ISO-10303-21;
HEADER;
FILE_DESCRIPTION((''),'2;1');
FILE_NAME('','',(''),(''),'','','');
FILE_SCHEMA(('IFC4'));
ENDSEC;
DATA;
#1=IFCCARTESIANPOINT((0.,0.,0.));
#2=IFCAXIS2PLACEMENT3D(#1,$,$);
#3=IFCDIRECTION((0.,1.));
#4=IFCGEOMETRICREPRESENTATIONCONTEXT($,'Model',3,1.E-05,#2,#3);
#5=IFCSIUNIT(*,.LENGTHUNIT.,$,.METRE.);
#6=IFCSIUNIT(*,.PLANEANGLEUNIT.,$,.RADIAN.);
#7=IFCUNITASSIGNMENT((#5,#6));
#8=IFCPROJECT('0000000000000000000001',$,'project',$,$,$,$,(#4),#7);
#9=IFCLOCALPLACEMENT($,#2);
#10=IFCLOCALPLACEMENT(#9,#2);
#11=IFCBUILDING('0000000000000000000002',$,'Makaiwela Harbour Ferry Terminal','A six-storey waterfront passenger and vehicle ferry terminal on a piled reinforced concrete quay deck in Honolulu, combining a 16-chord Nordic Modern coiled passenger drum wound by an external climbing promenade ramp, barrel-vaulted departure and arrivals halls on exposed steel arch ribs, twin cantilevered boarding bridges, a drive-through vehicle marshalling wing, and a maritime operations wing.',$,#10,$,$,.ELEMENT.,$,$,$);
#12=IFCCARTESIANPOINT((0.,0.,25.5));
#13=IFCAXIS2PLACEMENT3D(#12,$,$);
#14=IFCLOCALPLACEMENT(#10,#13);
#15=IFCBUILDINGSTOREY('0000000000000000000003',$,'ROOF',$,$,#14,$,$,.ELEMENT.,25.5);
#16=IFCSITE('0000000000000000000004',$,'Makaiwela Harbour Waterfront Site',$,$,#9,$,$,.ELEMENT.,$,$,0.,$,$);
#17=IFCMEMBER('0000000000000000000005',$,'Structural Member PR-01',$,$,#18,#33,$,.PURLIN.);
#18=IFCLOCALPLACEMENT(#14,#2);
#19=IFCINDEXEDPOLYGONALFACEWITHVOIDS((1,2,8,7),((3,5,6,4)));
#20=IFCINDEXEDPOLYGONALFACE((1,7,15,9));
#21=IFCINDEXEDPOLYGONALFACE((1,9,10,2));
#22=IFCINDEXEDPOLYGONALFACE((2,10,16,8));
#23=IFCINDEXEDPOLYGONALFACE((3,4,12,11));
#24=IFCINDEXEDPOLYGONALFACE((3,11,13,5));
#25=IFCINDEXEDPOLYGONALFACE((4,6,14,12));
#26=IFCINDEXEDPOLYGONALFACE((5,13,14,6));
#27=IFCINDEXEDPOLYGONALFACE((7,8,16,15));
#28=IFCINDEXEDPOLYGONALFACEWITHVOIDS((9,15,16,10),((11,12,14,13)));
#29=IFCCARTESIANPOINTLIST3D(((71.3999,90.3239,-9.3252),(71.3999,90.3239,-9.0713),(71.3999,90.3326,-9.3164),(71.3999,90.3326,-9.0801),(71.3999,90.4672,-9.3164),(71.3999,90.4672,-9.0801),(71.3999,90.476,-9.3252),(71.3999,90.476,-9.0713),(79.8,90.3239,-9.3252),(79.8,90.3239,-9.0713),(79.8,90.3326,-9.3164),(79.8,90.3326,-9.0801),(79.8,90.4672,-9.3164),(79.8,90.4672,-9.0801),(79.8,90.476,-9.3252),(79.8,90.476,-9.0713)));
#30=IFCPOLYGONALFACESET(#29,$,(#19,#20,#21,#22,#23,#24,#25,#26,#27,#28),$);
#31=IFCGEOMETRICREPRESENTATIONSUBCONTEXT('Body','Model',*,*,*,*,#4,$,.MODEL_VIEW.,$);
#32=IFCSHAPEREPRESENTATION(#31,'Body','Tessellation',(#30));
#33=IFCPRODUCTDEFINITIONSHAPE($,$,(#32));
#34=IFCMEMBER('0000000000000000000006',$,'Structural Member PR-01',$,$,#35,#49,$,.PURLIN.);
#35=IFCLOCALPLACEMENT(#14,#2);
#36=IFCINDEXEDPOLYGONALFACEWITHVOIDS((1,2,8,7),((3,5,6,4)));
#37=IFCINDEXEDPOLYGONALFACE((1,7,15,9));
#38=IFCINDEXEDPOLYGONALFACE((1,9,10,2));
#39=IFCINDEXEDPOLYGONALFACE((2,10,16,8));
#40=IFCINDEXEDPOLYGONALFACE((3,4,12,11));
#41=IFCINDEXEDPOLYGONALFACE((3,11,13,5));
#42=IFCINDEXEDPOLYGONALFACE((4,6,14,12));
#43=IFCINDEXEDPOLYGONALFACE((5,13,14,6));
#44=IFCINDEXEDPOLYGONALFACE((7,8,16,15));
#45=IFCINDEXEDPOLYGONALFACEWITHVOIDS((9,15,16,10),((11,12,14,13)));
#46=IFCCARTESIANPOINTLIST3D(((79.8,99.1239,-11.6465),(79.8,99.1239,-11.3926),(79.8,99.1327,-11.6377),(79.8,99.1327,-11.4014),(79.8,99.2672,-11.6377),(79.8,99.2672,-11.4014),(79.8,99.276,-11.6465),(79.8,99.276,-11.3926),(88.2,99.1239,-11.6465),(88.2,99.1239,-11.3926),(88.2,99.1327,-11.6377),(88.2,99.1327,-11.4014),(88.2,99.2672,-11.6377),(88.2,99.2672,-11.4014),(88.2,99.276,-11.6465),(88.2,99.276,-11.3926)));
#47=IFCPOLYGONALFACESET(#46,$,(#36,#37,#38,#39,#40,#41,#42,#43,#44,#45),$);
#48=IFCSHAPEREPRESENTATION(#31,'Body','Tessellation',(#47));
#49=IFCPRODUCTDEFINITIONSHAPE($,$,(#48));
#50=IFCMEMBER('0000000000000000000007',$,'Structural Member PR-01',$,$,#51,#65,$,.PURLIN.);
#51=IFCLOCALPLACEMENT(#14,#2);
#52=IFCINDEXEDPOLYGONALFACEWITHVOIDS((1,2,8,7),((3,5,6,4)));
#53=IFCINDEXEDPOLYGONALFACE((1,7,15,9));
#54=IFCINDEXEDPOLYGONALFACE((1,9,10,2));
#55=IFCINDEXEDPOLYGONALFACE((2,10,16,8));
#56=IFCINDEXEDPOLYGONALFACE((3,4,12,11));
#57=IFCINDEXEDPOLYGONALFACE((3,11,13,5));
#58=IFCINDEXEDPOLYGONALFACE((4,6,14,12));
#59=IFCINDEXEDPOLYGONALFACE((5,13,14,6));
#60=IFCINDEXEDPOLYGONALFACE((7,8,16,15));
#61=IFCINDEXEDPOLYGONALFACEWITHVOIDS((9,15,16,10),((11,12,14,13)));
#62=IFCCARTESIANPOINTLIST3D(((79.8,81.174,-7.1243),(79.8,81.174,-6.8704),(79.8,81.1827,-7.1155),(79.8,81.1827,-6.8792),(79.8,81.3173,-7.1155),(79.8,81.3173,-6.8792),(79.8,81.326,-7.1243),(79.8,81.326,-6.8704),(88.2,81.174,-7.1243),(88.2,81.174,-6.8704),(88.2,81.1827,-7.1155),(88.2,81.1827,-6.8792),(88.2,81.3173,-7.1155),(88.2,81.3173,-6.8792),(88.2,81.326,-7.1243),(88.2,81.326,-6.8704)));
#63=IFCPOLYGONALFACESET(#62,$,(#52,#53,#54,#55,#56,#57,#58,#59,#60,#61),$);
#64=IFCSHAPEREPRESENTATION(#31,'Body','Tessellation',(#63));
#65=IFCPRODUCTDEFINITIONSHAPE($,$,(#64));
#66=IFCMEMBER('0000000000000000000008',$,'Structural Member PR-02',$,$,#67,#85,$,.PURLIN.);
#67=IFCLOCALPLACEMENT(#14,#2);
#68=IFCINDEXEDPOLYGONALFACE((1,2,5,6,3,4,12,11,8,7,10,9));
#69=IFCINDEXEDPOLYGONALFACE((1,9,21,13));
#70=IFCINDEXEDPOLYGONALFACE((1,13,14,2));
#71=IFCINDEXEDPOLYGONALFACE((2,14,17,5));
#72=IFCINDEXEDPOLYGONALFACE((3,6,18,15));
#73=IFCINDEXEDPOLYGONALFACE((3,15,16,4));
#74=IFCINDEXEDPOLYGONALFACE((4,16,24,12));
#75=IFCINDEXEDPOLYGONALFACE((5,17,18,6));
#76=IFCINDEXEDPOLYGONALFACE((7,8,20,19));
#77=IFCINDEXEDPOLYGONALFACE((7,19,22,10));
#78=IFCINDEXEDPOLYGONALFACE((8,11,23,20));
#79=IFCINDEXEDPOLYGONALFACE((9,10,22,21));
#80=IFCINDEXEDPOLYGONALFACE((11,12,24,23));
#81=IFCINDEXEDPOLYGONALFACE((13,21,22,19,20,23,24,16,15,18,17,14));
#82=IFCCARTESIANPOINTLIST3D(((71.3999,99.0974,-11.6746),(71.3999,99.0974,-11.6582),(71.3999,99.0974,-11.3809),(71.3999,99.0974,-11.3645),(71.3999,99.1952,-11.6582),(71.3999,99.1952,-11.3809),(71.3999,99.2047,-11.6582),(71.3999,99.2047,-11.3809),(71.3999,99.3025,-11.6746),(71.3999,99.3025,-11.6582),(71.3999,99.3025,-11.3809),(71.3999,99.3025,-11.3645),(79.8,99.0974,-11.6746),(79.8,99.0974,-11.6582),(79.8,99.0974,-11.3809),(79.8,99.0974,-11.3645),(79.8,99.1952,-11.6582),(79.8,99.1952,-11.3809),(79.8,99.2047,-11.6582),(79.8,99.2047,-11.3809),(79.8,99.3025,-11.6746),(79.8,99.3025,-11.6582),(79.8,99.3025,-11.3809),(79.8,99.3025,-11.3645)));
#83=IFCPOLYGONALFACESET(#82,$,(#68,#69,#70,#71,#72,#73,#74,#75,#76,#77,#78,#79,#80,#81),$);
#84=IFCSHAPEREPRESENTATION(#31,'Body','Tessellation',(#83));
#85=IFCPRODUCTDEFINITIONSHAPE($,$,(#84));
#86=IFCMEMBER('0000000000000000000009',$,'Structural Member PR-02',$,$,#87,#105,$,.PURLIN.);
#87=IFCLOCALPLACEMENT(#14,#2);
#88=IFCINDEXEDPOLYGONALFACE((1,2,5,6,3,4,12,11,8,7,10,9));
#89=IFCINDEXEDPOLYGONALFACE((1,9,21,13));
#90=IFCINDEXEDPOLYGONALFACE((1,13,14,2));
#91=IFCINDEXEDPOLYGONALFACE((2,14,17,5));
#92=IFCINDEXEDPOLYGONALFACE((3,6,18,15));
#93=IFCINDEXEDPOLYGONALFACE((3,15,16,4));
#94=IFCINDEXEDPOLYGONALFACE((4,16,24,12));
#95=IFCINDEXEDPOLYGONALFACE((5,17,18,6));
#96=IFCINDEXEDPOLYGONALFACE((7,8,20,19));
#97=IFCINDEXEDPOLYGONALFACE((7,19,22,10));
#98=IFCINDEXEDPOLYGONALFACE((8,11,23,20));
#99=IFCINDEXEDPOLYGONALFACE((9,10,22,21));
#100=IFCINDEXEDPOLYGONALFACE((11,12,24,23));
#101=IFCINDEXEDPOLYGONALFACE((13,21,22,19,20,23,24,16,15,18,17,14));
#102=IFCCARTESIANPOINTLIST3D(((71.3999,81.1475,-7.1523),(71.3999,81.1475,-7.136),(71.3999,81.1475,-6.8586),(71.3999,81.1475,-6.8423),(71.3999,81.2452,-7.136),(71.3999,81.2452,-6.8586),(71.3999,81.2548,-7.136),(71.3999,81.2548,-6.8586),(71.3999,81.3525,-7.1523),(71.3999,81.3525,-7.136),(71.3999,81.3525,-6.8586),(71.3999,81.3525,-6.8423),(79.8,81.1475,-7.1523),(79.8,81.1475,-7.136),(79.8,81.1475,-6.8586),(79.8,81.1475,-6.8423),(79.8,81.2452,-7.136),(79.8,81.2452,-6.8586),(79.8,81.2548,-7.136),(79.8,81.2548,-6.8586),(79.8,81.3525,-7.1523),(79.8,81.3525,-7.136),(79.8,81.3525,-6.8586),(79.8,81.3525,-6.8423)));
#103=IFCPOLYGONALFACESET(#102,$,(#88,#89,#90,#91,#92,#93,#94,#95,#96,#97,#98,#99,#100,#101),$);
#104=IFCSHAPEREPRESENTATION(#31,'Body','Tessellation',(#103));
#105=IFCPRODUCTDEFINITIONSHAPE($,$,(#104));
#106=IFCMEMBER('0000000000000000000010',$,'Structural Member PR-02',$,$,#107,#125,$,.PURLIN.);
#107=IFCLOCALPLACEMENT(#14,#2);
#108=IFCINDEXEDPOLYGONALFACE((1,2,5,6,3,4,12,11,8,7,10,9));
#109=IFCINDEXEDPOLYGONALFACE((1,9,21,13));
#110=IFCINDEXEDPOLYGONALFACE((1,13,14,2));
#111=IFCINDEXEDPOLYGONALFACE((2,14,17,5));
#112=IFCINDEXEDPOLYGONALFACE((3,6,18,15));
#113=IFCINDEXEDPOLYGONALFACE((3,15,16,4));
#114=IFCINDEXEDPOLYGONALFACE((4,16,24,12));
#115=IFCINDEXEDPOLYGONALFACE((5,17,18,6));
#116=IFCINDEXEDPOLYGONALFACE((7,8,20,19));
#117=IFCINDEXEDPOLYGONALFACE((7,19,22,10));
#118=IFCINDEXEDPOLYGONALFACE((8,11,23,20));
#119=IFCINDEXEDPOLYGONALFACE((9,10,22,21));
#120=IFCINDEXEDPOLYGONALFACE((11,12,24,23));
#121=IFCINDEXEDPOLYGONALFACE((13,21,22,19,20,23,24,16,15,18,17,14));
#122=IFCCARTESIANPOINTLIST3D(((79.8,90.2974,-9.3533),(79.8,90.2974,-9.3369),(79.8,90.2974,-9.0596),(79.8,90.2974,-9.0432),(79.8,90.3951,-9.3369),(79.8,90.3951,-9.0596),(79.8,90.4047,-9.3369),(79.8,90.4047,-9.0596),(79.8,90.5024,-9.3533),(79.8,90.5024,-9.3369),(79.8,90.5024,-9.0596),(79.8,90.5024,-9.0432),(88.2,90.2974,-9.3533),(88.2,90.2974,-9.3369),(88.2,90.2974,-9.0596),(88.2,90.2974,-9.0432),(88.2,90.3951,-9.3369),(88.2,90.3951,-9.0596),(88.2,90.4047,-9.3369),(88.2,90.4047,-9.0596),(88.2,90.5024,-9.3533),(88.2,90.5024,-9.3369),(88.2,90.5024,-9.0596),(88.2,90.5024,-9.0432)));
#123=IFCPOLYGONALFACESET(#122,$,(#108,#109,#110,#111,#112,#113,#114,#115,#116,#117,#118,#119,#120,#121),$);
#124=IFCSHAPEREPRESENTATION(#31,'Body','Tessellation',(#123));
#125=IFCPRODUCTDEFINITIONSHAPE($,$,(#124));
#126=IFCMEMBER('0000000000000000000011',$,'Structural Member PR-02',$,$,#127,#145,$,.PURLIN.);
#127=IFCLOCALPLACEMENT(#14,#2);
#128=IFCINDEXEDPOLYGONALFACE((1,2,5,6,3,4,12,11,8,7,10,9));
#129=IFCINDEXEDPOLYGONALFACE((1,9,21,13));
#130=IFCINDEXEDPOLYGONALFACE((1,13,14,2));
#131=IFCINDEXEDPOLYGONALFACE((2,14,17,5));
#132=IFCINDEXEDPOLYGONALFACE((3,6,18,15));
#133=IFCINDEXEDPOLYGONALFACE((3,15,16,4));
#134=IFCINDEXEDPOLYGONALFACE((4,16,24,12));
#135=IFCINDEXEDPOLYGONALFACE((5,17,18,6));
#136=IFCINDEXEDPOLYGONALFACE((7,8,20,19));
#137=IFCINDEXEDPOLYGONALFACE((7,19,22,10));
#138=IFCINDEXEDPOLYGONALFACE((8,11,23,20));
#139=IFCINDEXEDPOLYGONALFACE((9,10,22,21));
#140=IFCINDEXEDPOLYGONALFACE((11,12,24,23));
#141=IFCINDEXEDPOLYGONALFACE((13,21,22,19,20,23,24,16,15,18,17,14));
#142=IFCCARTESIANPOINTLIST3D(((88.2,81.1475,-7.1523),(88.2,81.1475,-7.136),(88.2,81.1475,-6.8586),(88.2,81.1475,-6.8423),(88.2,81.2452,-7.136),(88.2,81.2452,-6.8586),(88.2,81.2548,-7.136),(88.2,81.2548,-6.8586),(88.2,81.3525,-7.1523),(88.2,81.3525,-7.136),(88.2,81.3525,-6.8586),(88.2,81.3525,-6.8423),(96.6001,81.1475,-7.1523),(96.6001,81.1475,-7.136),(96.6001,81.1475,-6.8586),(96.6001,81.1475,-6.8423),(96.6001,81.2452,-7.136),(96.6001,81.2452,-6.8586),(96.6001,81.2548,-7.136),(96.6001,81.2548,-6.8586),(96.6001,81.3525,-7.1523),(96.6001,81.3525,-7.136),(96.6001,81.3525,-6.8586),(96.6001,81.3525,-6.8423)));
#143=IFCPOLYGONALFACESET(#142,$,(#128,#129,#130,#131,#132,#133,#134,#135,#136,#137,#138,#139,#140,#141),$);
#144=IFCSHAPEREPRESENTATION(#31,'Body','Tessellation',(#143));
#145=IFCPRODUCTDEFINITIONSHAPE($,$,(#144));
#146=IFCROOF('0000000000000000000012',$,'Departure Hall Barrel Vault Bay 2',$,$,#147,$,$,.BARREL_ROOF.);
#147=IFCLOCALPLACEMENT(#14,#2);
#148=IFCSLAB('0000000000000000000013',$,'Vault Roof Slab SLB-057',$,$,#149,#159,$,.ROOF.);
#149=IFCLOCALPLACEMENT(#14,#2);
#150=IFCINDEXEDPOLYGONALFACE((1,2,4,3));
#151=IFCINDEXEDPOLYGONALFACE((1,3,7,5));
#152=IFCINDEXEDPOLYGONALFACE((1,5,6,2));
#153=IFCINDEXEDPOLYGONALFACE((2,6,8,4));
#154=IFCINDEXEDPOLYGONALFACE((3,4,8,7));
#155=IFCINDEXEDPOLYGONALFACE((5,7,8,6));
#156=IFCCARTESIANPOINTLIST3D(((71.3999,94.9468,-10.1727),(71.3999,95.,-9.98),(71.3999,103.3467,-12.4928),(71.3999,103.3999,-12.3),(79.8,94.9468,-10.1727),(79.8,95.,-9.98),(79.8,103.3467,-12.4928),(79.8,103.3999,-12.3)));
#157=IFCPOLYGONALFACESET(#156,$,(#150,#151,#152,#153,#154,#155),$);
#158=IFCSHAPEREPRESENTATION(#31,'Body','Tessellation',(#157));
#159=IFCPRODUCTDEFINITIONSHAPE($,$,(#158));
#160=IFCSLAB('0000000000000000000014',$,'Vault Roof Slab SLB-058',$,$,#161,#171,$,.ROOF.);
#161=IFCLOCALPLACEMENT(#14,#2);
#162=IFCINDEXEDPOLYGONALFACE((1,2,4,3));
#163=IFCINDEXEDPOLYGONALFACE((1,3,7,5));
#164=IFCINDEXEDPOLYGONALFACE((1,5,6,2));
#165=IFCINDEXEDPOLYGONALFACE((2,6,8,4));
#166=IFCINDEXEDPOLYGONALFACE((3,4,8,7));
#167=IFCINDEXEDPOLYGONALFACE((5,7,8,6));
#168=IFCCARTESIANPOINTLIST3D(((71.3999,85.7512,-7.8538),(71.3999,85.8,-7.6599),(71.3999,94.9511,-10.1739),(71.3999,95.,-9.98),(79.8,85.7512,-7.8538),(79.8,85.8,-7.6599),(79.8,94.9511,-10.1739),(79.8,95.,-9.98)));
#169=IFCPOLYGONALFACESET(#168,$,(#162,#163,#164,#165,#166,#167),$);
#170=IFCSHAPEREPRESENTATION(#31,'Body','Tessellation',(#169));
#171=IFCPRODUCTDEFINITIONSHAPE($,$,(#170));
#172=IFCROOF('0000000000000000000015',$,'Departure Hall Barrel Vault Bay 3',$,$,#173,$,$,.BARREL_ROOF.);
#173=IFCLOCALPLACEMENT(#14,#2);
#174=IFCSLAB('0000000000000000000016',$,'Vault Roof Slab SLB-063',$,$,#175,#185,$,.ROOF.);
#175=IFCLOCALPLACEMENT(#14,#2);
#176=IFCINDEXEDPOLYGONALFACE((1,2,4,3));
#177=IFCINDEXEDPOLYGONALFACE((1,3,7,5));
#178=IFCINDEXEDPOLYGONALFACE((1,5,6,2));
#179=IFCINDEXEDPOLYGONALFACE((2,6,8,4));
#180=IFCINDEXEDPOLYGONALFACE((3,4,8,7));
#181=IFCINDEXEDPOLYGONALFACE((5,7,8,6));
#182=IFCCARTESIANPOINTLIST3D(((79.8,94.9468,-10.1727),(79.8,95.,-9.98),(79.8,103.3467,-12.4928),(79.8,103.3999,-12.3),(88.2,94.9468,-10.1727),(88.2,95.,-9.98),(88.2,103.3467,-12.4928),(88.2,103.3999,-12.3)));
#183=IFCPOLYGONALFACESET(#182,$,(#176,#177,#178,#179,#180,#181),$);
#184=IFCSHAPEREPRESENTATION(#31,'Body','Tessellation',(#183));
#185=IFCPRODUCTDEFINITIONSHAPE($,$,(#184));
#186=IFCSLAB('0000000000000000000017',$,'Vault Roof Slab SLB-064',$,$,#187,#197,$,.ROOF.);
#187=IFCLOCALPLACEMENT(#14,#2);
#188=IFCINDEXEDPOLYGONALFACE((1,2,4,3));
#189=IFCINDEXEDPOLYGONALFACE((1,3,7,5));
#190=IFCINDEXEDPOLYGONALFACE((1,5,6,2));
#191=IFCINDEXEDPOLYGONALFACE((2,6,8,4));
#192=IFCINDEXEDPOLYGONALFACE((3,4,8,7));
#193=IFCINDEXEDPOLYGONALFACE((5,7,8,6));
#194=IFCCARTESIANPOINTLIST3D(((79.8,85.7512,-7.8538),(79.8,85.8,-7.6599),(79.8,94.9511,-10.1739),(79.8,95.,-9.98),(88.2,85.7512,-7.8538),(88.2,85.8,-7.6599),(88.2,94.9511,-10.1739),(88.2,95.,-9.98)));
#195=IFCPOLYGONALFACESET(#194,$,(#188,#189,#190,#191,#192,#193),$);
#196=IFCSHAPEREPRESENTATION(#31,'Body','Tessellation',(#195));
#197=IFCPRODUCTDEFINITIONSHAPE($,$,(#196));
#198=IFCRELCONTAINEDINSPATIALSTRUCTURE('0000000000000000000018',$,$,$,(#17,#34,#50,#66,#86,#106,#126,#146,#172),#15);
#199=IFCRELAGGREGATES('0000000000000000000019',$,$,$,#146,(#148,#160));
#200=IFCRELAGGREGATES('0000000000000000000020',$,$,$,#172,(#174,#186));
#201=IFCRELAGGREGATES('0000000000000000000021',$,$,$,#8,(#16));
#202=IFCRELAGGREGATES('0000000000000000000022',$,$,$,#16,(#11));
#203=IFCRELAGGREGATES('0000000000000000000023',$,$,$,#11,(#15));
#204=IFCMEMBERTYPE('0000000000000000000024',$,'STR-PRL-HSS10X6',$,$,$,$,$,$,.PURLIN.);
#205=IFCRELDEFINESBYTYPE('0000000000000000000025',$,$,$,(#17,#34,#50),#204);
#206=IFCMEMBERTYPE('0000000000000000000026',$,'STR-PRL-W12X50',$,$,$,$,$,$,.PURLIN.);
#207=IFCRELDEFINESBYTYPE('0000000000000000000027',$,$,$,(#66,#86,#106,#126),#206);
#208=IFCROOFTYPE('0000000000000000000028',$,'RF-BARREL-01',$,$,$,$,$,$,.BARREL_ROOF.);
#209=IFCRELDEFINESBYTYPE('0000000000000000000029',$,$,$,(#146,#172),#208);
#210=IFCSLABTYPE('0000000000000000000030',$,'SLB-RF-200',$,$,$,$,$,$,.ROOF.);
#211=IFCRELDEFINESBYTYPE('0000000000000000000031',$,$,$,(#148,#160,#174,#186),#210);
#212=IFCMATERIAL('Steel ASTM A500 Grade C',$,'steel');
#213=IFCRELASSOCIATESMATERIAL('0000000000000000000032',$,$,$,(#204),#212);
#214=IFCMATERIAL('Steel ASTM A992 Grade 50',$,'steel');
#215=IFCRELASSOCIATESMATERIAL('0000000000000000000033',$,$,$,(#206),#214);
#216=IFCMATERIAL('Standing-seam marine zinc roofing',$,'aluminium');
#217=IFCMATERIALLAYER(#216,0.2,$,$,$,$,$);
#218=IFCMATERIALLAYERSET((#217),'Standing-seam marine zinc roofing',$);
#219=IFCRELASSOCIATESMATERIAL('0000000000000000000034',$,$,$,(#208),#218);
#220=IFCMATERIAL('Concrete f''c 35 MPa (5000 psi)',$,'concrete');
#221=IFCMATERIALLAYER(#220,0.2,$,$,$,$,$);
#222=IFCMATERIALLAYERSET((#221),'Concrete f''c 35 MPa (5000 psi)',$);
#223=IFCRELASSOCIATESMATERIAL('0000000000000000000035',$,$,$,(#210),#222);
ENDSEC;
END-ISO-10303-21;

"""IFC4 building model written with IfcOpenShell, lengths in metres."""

from ifc_helpers import new_model, si_unit, direction, frame, origin, origin_2d, place, context, subcontext, project, spatial, polyline, hollow_rectangle, i_section, outline, extrude, material, layer, layer_set, material_profile, profile_set, type_object, element, aggregate, save


model = new_model("IFC4")

# Units and contexts
model_context = context("Model", 3, precision=1e-05, world=origin(), true_north=direction((0.0, 1.0)))
body_context = subcontext(model_context, "Body", "Model", "MODEL_VIEW")
ifc_project = project(units=[si_unit("LENGTHUNIT", "METRE"), si_unit("PLANEANGLEUNIT", "RADIAN")], contexts=[model_context])

# Site, building, storey
site_placement = place(None, origin())
site = spatial("IfcSite", under=ifc_project, at=site_placement, Name="Makaiwela Harbour Waterfront Site", CompositionType="ELEMENT", RefElevation=0.0)
building_placement = place(site_placement, origin())
building = spatial("IfcBuilding", under=site, at=building_placement, Name="Makaiwela Harbour Ferry Terminal", Description="A six-storey waterfront passenger and vehicle ferry terminal on a piled reinforced concrete quay deck in Honolulu, combining a 16-chord Nordic Modern coiled passenger drum wound by an external climbing promenade ramp, barrel-vaulted departure and arrivals halls on exposed steel arch ribs, twin cantilevered boarding bridges, a drive-through vehicle marshalling wing, and a maritime operations wing.", CompositionType="ELEMENT")
storey_placement = place(building_placement, frame((0.0, 0.0, 25.5)))
storey = spatial("IfcBuildingStorey", under=building, at=storey_placement, Name="ROOF", CompositionType="ELEMENT", Elevation=25.5)

# Shared definitions
ifc_material_1 = material(Name="Steel ASTM A992 Grade 50", Category="steel")

# Members
ifc_material_2 = material(Name="Steel ASTM A500 Grade C", Category="steel")
ifc_material_profile_1 = material_profile(ifc_material_2, hollow_rectangle(XDim=0.1521, YDim=0.2539, WallThickness=0.0088, at=origin_2d()), Name="HSS10X6X3/8")
ifc_profile_set_1 = profile_set([ifc_material_profile_1], Name="Steel ASTM A500 Grade C")
member_type_1 = type_object("IfcMemberType", Name="STR-PRL-HSS10X6", PredefinedType="PURLIN", material=ifc_profile_set_1)
member_1_placement = place(storey_placement, frame((71.3999, 90.3999, -9.1982), z_axis=(1.0, 0.0, 0.0), x_axis=(0.0, 1.0, 0.0)))
element("IfcMember", 1, at=member_1_placement, inside=storey, type_object=member_type_1, Name="Structural Member PR-01", PredefinedType="PURLIN", context=body_context, shape_type="SweptSolid", body=[
    extrude(hollow_rectangle(XDim=0.1521, YDim=0.2539, WallThickness=0.0088, at=origin_2d()), origin(), (0.0, 0.0, 1.0), 8.4001),
])
for number, where, z_axis, x_axis, name in (
    (2, (79.8, 99.2, -11.5195), (1.0, 0.0, 0.0), (0.0, 1.0, 0.0), "Structural Member PR-01"),
    (3, (79.8, 81.25, -6.9973), (1.0, 0.0, 0.0), (0.0, 1.0, 0.0), "Structural Member PR-01"),
):
    element("IfcMember", number, at=place(storey_placement, frame(where, z_axis=z_axis, x_axis=x_axis)), inside=storey, type_object=member_type_1, Name=name, PredefinedType="PURLIN", context=body_context, shape_type="SweptSolid", body=[
        extrude(hollow_rectangle(XDim=0.1521, YDim=0.2539, WallThickness=0.0088, at=origin_2d()), origin(), (0.0, 0.0, 1.0), 8.3999),
    ])
ifc_material_profile_2 = material_profile(ifc_material_1, i_section(OverallWidth=0.2051, OverallDepth=0.3101, WebThickness=0.0095, FlangeThickness=0.0164, at=origin_2d()), Name="W12X50")
ifc_profile_set_2 = profile_set([ifc_material_profile_2], Name="Steel ASTM A992 Grade 50")
member_type_2 = type_object("IfcMemberType", Name="STR-PRL-W12X50", PredefinedType="PURLIN", material=ifc_profile_set_2)
for number, where, z_axis, x_axis, name in (
    (4, (71.3999, 99.2, -11.5195), (1.0, 0.0, 0.0), (0.0, 1.0, 0.0), "Structural Member PR-02"),
    (5, (71.3999, 81.25, -6.9973), (1.0, 0.0, 0.0), (0.0, 1.0, 0.0), "Structural Member PR-02"),
):
    element("IfcMember", number, at=place(storey_placement, frame(where, z_axis=z_axis, x_axis=x_axis)), inside=storey, type_object=member_type_2, Name=name, PredefinedType="PURLIN", context=body_context, shape_type="SweptSolid", body=[
        extrude(i_section(OverallWidth=0.2051, OverallDepth=0.3101, WebThickness=0.0095, FlangeThickness=0.0164, at=origin_2d()), origin(), (0.0, 0.0, 1.0), 8.4001),
    ])
member_2_placement = place(storey_placement, frame((79.8, 90.3999, -9.1982), z_axis=(1.0, 0.0, 0.0), x_axis=(0.0, 1.0, 0.0)))
element("IfcMember", 6, at=member_2_placement, inside=storey, type_object=member_type_2, Name="Structural Member PR-02", PredefinedType="PURLIN", context=body_context, shape_type="SweptSolid", body=[
    extrude(i_section(OverallWidth=0.2051, OverallDepth=0.3101, WebThickness=0.0095, FlangeThickness=0.0164, at=origin_2d()), origin(), (0.0, 0.0, 1.0), 8.3999),
])
member_3_placement = place(storey_placement, frame((88.2, 81.25, -6.9973), z_axis=(1.0, 0.0, 0.0), x_axis=(0.0, 1.0, 0.0)))
element("IfcMember", 7, at=member_3_placement, inside=storey, type_object=member_type_2, Name="Structural Member PR-02", PredefinedType="PURLIN", context=body_context, shape_type="SweptSolid", body=[
    extrude(i_section(OverallWidth=0.2051, OverallDepth=0.3101, WebThickness=0.0095, FlangeThickness=0.0164, at=origin_2d()), origin(), (0.0, 0.0, 1.0), 8.4001),
])

# Roofs, slabs
ifc_material_3 = material(Name="Standing-seam marine zinc roofing", Category="aluminium")
ifc_layer_1 = layer(ifc_material_3, 0.2)
ifc_layer_set_1 = layer_set([ifc_layer_1], Name="Standing-seam marine zinc roofing")
roof_type = type_object("IfcRoofType", Name="RF-BARREL-01", PredefinedType="BARREL_ROOF", material=ifc_layer_set_1)
roof_1_placement = place(storey_placement, origin())
roof_1 = element("IfcRoof", 8, at=roof_1_placement, inside=storey, type_object=roof_type, Name="Departure Hall Barrel Vault Bay 2", PredefinedType="BARREL_ROOF")
ifc_material_4 = material(Name="Concrete f'c 35 MPa (5000 psi)", Category="concrete")
ifc_layer_2 = layer(ifc_material_4, 0.2)
ifc_layer_set_2 = layer_set([ifc_layer_2], Name="Concrete f'c 35 MPa (5000 psi)")
slab_type = type_object("IfcSlabType", Name="SLB-RF-200", PredefinedType="ROOF", material=ifc_layer_set_2)
slab_1_placement = place(storey_placement, frame((71.3999, 95.0, -9.98), z_axis=(0.0, 0.266233, 0.963909), x_axis=(1.0, 0.0, 0.0)))
slab_1 = element("IfcSlab", 9, at=slab_1_placement, type_object=slab_type, Name="Vault Roof Slab SLB-057", PredefinedType="ROOF", context=body_context, shape_type="SweptSolid", body=[
    extrude(outline(polyline([(0.0, 0.0), (8.4001, 0.0), (8.4001, 8.7144), (0.0, 8.7144), (0.0, 0.0)])), origin(), (0.0, 0.0, -1.0), 0.2),
])
slab_2_placement = place(storey_placement, frame((71.3999, 85.8, -7.6599), z_axis=(0.0, 0.244527, 0.969642), x_axis=(1.0, 0.0, 0.0)))
slab_2 = element("IfcSlab", 10, at=slab_2_placement, type_object=slab_type, Name="Vault Roof Slab SLB-058", PredefinedType="ROOF", context=body_context, shape_type="SweptSolid", body=[
    extrude(outline(polyline([(0.0, 0.0), (8.4001, 0.0), (8.4001, 9.488), (0.0, 9.488), (0.0, 0.0)])), origin(), (0.0, 0.0, -1.0), 0.2),
])
roof_2_placement = place(storey_placement, origin())
roof_2 = element("IfcRoof", 11, at=roof_2_placement, inside=storey, type_object=roof_type, Name="Departure Hall Barrel Vault Bay 3", PredefinedType="BARREL_ROOF")
slab_3_placement = place(storey_placement, frame((79.8, 95.0, -9.98), z_axis=(0.0, 0.266233, 0.963909), x_axis=(1.0, 0.0, 0.0)))
slab_3 = element("IfcSlab", 12, at=slab_3_placement, type_object=slab_type, Name="Vault Roof Slab SLB-063", PredefinedType="ROOF", context=body_context, shape_type="SweptSolid", body=[
    extrude(outline(polyline([(0.0, 0.0), (8.3999, 0.0), (8.3999, 8.7144), (0.0, 8.7144), (0.0, 0.0)])), origin(), (0.0, 0.0, -1.0), 0.2),
])
slab_4_placement = place(storey_placement, frame((79.8, 85.8, -7.6599), z_axis=(0.0, 0.244527, 0.969642), x_axis=(1.0, 0.0, 0.0)))
slab_4 = element("IfcSlab", 13, at=slab_4_placement, type_object=slab_type, Name="Vault Roof Slab SLB-064", PredefinedType="ROOF", context=body_context, shape_type="SweptSolid", body=[
    extrude(outline(polyline([(0.0, 0.0), (8.3999, 0.0), (8.3999, 9.488), (0.0, 9.488), (0.0, 0.0)])), origin(), (0.0, 0.0, -1.0), 0.2),
])

aggregate(roof_1, [slab_1, slab_2])
aggregate(roof_2, [slab_3, slab_4])

save(model, "model.ifc")
